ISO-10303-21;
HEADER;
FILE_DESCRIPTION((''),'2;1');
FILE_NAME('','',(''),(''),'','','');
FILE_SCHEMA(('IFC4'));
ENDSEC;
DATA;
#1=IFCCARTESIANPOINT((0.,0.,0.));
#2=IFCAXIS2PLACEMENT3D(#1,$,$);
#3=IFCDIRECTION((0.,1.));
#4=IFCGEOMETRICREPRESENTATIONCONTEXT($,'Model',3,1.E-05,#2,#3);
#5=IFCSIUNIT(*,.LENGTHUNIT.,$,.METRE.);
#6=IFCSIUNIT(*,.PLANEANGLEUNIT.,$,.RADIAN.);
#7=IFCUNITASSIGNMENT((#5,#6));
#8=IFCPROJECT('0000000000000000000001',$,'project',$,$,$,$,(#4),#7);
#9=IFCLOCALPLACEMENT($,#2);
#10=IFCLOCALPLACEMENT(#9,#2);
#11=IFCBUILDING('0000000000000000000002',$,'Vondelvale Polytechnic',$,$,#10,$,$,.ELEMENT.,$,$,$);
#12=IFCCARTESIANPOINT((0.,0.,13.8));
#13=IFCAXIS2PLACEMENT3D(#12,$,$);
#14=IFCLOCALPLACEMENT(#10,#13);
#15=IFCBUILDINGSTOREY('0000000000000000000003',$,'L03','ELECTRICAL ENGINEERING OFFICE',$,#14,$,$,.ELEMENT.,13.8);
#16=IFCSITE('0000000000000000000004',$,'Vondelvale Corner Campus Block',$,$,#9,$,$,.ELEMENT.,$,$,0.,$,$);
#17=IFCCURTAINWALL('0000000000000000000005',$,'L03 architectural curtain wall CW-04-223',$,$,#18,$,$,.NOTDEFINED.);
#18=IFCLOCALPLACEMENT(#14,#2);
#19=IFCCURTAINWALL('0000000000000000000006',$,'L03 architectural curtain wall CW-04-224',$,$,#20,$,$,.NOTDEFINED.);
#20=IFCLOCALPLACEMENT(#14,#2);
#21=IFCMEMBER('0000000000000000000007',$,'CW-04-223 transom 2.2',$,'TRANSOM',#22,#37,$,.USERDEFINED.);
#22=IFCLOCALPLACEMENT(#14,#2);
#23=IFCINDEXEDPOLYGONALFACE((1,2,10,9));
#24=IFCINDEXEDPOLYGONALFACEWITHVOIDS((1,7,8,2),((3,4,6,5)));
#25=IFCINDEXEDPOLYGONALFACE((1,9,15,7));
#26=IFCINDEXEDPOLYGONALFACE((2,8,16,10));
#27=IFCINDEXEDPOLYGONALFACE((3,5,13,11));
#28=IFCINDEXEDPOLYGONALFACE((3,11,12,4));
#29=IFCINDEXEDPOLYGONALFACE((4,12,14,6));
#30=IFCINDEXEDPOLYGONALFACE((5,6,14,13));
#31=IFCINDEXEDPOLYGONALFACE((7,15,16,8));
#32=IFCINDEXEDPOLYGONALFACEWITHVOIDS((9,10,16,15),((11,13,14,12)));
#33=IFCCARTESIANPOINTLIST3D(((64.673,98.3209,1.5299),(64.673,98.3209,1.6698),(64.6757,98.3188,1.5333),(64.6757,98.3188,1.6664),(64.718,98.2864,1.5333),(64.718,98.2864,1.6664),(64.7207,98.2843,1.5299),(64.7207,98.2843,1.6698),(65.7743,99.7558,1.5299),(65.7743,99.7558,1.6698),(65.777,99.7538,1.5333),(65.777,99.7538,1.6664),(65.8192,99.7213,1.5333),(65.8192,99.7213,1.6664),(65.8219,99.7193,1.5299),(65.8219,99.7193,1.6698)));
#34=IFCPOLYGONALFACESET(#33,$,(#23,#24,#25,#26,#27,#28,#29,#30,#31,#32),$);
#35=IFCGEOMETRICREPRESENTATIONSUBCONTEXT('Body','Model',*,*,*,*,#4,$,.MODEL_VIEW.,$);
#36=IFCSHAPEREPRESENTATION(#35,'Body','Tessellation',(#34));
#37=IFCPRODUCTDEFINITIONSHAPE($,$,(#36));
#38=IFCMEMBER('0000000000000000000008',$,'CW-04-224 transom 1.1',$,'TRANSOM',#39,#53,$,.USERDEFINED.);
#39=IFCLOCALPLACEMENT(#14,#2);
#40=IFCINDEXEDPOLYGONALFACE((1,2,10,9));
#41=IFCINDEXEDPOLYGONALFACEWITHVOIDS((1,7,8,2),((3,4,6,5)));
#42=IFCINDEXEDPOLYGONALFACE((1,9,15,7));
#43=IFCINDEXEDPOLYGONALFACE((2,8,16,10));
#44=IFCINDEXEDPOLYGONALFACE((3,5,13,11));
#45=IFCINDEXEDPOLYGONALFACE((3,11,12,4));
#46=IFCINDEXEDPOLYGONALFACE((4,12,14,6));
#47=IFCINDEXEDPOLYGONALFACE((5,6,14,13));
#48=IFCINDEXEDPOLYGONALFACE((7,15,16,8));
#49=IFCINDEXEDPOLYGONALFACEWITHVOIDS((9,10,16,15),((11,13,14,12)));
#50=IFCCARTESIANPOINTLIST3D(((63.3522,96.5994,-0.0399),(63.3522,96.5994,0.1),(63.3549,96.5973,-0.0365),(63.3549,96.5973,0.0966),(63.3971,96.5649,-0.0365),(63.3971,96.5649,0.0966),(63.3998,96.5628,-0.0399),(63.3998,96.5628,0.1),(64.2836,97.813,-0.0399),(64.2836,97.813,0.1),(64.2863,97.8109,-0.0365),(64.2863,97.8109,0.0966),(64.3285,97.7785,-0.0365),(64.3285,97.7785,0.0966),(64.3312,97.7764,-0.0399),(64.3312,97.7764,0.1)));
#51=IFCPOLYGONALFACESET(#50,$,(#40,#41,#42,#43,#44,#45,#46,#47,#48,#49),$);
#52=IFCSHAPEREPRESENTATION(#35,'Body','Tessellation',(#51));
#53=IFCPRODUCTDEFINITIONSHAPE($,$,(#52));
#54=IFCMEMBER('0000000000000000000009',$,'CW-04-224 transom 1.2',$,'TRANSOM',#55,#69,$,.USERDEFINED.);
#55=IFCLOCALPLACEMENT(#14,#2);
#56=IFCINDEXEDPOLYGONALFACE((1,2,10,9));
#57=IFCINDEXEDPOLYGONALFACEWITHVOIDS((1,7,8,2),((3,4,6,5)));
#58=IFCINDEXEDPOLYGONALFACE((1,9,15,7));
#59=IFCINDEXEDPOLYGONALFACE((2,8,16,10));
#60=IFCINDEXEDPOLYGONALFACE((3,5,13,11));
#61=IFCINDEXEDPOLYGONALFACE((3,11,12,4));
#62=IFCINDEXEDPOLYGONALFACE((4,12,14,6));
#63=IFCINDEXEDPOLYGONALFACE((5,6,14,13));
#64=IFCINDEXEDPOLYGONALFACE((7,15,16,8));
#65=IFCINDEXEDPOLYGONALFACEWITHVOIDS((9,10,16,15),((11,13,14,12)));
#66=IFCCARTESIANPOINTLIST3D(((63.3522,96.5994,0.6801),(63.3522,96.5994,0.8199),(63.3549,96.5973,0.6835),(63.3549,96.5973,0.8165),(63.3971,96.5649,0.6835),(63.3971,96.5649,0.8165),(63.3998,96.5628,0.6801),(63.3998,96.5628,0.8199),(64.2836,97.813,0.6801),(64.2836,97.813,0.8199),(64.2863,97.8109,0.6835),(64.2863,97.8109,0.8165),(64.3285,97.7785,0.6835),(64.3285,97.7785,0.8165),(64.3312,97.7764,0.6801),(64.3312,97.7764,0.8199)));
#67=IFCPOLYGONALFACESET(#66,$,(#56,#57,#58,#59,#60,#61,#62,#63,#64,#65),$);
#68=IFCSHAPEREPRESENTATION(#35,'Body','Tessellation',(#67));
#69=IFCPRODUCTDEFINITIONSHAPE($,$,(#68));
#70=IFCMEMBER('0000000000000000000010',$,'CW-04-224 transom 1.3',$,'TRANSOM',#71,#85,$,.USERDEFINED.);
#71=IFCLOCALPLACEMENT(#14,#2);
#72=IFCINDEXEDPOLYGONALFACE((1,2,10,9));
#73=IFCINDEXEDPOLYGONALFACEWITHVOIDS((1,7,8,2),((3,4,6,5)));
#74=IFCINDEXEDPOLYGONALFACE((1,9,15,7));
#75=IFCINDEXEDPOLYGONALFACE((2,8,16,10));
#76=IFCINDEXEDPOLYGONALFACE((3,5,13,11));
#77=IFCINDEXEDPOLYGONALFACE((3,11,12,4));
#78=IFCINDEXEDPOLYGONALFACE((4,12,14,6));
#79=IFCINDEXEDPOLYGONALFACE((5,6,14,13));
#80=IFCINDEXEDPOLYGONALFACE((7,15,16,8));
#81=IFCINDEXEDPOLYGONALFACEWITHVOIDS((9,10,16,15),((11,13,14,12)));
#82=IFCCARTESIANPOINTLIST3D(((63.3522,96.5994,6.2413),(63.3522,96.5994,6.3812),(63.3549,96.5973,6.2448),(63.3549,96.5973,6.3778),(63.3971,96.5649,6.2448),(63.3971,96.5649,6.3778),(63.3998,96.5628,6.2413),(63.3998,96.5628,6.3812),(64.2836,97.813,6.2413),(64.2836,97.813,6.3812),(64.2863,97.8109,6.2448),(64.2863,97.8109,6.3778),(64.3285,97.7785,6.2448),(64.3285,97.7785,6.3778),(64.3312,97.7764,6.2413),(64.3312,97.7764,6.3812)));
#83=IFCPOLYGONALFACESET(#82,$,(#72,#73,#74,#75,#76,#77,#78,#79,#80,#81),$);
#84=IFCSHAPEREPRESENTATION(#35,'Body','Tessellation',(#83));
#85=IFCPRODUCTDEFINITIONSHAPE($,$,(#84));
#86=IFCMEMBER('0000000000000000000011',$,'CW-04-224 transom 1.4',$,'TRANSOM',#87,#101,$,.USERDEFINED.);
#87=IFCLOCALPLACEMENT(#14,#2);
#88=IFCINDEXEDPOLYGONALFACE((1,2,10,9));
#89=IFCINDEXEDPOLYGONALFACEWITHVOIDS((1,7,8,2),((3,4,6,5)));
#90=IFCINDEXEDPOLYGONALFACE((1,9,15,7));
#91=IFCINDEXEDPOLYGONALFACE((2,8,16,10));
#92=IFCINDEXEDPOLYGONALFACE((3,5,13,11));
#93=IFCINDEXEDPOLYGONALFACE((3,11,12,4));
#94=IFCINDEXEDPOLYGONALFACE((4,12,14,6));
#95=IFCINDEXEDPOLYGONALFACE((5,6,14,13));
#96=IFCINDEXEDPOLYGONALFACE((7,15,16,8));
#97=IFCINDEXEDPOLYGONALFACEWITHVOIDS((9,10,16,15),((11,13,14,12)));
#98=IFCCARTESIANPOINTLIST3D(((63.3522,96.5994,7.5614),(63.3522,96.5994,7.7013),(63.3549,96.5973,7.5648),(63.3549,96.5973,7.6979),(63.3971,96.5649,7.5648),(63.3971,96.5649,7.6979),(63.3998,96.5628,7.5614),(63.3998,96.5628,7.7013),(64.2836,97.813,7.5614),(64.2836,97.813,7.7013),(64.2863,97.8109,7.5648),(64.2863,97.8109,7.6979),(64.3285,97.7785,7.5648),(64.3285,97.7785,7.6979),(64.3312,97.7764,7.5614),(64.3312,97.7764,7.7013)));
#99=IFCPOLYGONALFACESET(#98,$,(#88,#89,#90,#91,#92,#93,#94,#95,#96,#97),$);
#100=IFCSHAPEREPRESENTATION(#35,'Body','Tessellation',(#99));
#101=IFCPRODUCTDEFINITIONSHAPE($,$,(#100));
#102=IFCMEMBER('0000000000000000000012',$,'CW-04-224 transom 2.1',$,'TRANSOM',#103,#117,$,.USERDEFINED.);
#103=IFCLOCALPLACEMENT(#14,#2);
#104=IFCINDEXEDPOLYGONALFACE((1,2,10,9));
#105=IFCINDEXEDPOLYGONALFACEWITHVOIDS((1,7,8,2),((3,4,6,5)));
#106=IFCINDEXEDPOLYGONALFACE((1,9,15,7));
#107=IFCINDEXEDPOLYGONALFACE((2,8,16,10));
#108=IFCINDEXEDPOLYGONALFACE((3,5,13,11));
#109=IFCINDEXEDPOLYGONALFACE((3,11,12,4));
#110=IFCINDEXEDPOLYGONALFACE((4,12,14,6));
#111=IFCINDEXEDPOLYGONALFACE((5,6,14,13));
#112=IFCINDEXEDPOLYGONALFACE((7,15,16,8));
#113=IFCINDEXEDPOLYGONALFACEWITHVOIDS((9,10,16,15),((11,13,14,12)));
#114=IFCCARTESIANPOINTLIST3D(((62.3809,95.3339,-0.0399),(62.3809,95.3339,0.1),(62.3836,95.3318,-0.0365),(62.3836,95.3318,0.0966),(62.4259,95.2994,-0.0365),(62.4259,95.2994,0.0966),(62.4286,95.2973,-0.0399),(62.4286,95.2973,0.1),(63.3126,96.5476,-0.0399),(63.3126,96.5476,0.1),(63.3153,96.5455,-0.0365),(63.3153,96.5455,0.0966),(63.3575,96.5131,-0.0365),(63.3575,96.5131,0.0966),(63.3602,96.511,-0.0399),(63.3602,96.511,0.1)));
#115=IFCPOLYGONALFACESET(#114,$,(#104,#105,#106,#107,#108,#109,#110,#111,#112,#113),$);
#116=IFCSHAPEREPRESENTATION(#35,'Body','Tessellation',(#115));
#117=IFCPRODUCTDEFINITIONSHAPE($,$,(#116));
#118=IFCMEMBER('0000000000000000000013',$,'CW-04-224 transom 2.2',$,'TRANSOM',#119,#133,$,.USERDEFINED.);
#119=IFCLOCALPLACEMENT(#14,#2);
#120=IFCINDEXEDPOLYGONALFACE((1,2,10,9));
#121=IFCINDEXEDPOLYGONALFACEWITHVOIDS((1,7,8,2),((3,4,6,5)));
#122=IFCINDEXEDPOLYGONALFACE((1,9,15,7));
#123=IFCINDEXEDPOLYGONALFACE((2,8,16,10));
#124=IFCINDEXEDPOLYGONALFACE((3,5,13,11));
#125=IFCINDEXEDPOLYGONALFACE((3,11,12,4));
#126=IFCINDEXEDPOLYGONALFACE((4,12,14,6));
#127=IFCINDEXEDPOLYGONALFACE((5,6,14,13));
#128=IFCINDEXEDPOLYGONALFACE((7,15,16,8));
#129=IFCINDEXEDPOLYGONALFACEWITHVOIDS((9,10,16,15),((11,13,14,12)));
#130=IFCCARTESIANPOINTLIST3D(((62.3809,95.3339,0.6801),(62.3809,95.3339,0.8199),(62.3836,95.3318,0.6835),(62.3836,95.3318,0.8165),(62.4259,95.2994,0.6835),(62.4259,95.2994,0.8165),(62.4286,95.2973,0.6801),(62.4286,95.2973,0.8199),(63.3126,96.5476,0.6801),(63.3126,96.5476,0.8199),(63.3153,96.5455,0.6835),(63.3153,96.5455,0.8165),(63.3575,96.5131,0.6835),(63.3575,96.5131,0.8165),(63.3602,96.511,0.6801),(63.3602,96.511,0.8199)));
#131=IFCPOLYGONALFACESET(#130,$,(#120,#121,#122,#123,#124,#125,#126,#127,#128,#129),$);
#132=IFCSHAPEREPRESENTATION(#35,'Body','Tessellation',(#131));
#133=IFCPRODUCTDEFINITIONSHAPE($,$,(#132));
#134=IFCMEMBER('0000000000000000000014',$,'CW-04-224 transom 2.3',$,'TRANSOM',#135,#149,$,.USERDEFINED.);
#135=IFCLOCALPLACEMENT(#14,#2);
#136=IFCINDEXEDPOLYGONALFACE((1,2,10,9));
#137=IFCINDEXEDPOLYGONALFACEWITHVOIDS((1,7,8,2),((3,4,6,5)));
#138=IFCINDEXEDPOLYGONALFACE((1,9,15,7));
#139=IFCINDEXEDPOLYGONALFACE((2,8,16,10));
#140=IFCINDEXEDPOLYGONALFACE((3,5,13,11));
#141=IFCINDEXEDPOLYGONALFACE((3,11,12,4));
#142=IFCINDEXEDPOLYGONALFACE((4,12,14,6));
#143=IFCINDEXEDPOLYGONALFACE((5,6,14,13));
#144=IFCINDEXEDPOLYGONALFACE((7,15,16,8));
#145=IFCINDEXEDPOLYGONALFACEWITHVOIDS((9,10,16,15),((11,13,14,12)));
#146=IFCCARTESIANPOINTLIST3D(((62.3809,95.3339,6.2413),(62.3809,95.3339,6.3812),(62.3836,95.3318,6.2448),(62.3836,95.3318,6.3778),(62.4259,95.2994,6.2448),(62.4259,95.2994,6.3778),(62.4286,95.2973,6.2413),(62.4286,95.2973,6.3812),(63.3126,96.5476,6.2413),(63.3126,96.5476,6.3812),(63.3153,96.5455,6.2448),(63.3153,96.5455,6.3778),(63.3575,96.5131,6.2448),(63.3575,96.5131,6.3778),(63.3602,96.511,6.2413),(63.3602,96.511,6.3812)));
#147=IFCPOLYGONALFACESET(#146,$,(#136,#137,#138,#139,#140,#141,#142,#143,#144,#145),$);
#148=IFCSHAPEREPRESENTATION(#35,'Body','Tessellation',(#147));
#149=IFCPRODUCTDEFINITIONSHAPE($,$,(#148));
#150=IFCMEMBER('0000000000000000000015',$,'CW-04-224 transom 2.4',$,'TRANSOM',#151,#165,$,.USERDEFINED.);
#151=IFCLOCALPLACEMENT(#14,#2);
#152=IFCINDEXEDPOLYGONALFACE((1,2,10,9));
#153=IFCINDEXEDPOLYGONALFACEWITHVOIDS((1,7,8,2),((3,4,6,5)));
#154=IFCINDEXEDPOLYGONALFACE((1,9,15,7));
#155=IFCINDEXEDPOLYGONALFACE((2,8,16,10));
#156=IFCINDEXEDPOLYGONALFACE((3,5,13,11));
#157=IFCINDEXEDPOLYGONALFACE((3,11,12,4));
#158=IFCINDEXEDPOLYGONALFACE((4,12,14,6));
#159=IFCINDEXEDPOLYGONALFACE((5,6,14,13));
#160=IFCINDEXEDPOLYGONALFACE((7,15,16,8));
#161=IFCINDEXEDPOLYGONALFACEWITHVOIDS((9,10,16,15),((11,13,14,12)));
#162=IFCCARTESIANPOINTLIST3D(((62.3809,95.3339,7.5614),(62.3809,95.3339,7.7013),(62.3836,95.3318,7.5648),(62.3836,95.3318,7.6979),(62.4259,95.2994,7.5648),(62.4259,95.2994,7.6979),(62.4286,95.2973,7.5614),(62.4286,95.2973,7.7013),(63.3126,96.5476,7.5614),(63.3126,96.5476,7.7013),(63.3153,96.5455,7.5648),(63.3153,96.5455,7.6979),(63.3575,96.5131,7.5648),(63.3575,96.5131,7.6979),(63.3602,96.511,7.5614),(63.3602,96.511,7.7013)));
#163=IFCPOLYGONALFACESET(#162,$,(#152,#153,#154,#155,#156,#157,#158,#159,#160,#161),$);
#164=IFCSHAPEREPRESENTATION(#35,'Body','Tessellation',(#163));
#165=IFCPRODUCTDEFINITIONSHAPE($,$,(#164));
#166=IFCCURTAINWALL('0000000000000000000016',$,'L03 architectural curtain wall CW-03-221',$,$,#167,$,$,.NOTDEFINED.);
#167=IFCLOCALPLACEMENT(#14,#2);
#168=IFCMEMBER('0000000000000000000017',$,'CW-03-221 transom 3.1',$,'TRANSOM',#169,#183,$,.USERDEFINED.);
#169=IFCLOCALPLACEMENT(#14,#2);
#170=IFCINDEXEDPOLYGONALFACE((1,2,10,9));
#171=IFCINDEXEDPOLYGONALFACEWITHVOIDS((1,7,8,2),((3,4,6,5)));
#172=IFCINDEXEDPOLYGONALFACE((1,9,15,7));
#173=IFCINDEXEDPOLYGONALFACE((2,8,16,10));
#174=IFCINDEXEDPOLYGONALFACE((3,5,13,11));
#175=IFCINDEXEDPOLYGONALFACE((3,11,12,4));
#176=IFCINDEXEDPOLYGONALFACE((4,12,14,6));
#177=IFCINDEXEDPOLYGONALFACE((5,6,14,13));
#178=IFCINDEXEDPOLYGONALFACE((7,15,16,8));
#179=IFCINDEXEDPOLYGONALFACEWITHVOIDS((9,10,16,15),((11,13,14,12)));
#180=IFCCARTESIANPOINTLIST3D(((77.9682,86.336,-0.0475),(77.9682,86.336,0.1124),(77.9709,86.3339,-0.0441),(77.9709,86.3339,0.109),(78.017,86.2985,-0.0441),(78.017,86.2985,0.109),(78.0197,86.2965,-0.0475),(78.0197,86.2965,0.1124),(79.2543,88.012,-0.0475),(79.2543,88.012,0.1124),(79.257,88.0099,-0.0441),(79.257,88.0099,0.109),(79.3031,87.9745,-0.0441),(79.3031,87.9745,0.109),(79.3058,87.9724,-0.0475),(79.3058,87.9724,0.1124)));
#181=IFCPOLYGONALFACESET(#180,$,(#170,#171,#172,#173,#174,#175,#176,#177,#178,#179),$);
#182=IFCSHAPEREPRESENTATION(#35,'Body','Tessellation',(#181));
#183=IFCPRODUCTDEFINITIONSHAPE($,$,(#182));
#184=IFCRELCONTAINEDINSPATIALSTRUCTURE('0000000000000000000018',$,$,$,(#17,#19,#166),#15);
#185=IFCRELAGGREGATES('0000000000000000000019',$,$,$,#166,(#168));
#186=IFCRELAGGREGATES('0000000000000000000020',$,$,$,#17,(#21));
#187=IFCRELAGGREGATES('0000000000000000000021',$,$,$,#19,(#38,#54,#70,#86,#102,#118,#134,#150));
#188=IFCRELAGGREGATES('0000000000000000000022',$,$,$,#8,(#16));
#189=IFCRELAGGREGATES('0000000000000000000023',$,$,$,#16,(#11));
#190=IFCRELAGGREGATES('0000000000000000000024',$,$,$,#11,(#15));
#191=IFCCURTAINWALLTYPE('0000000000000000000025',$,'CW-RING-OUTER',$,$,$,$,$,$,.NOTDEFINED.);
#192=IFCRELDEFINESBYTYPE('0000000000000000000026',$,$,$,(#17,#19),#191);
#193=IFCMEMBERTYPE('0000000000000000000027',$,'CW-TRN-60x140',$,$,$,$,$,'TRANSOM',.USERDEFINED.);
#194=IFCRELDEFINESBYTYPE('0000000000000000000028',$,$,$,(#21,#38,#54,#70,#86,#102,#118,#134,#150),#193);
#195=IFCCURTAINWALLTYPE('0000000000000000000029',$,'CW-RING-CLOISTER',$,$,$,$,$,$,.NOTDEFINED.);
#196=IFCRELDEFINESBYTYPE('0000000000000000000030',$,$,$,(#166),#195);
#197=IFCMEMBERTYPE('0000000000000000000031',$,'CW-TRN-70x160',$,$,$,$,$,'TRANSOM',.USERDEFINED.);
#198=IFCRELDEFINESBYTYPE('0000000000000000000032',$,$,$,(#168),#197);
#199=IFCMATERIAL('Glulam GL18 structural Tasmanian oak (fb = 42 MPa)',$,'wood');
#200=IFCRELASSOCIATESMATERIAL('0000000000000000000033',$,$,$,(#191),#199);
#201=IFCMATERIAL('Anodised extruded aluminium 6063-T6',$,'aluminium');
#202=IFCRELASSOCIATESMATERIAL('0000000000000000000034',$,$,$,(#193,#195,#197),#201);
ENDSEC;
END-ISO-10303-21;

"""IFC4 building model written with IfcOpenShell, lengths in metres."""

from ifc_helpers import new_model, si_unit, direction, frame, origin, origin_2d, place, context, subcontext, project, spatial, hollow_rectangle, extrude, material, material_profile, profile_set, type_object, element, aggregate, save


model = new_model("IFC4")

# Units and contexts
model_context = context("Model", 3, precision=1e-05, world=origin(), true_north=direction((0.0, 1.0)))
body_context = subcontext(model_context, "Body", "Model", "MODEL_VIEW")
ifc_project = project(units=[si_unit("LENGTHUNIT", "METRE"), si_unit("PLANEANGLEUNIT", "RADIAN")], contexts=[model_context])

# Site, building, storey
site_placement = place(None, origin())
site = spatial("IfcSite", under=ifc_project, at=site_placement, Name="Vondelvale Corner Campus Block", CompositionType="ELEMENT", RefElevation=0.0)
building_placement = place(site_placement, origin())
building = spatial("IfcBuilding", under=site, at=building_placement, Name="Vondelvale Polytechnic", CompositionType="ELEMENT")
storey_placement = place(building_placement, frame((0.0, 0.0, 13.8)))
storey = spatial("IfcBuildingStorey", under=building, at=storey_placement, Name="L03", Description="ELECTRICAL ENGINEERING OFFICE", CompositionType="ELEMENT", Elevation=13.8)

# Shared definitions
ifc_material_1 = material(Name="Glulam GL18 structural Tasmanian oak (fb = 42 MPa)", Category="wood")

# Curtain wall
curtain_wall_type_1 = type_object("IfcCurtainWallType", Name="CW-RING-OUTER", PredefinedType="NOTDEFINED", material=ifc_material_1)
curtain_wall_1_placement = place(storey_placement, origin())
curtain_wall_1 = element("IfcCurtainWall", 1, at=curtain_wall_1_placement, inside=storey, type_object=curtain_wall_type_1, Name="L03 architectural curtain wall CW-04-223", PredefinedType="NOTDEFINED")
ifc_material_2 = material(Name="Anodised extruded aluminium 6063-T6", Category="aluminium")

# Curtain wall
curtain_wall_2_placement = place(storey_placement, origin())
curtain_wall_2 = element("IfcCurtainWall", 2, at=curtain_wall_2_placement, inside=storey, type_object=curtain_wall_type_1, Name="L03 architectural curtain wall CW-04-224", PredefinedType="NOTDEFINED")

# Members
ifc_material_profile_1 = material_profile(ifc_material_2, hollow_rectangle(XDim=0.0601, YDim=0.1399, WallThickness=0.0034, at=origin_2d()), Name="CW-TRN-140x60")
ifc_profile_set_1 = profile_set([ifc_material_profile_1], Name="Anodised extruded aluminium 6063-T6")
member_type_1 = type_object("IfcMemberType", Name="CW-TRN-60x140", ElementType="TRANSOM", PredefinedType="USERDEFINED", material=ifc_profile_set_1)
member_1_placement = place(storey_placement, frame((65.7981, 99.7375, 1.5999), z_axis=(-0.608817, -0.793311, 0.0), x_axis=(0.793311, -0.608817, 0.0)))
member_1 = element("IfcMember", 3, at=member_1_placement, type_object=member_type_1, Name="CW-04-223 transom 2.2", ObjectType="TRANSOM", PredefinedType="USERDEFINED", context=body_context, shape_type="SweptSolid", body=[
    extrude(hollow_rectangle(XDim=0.0601, YDim=0.1399, WallThickness=0.0034, at=origin_2d()), origin(), (0.0, 0.0, 1.0), 1.8088),
])
member_2_placement = place(storey_placement, frame((64.3074, 97.7947, 0.03), z_axis=(-0.608823, -0.793306, 0.0), x_axis=(0.793306, -0.608823, 0.0)))
member_2 = element("IfcMember", 4, at=member_2_placement, type_object=member_type_1, Name="CW-04-224 transom 1.1", ObjectType="TRANSOM", PredefinedType="USERDEFINED", context=body_context, shape_type="SweptSolid", body=[
    extrude(hollow_rectangle(XDim=0.0601, YDim=0.1399, WallThickness=0.0034, at=origin_2d()), origin(), (0.0, 0.0, 1.0), 1.5298),
])
member_3_placement = place(storey_placement, frame((64.3074, 97.7947, 0.75), z_axis=(-0.608823, -0.793306, 0.0), x_axis=(0.793306, -0.608823, 0.0)))
member_3 = element("IfcMember", 5, at=member_3_placement, type_object=member_type_1, Name="CW-04-224 transom 1.2", ObjectType="TRANSOM", PredefinedType="USERDEFINED", context=body_context, shape_type="SweptSolid", body=[
    extrude(hollow_rectangle(XDim=0.0601, YDim=0.1399, WallThickness=0.0034, at=origin_2d()), origin(), (0.0, 0.0, 1.0), 1.5298),
])
member_4_placement = place(storey_placement, frame((64.3074, 97.7947, 6.3113), z_axis=(-0.608823, -0.793306, 0.0), x_axis=(0.793306, -0.608823, 0.0)))
member_4 = element("IfcMember", 6, at=member_4_placement, type_object=member_type_1, Name="CW-04-224 transom 1.3", ObjectType="TRANSOM", PredefinedType="USERDEFINED", context=body_context, shape_type="SweptSolid", body=[
    extrude(hollow_rectangle(XDim=0.0601, YDim=0.1399, WallThickness=0.0034, at=origin_2d()), origin(), (0.0, 0.0, 1.0), 1.5298),
])
member_5_placement = place(storey_placement, frame((64.3074, 97.7947, 7.6313), z_axis=(-0.608823, -0.793306, 0.0), x_axis=(0.793306, -0.608823, 0.0)))
member_5 = element("IfcMember", 7, at=member_5_placement, type_object=member_type_1, Name="CW-04-224 transom 1.4", ObjectType="TRANSOM", PredefinedType="USERDEFINED", context=body_context, shape_type="SweptSolid", body=[
    extrude(hollow_rectangle(XDim=0.0601, YDim=0.1399, WallThickness=0.0034, at=origin_2d()), origin(), (0.0, 0.0, 1.0), 1.5298),
])
member_6_placement = place(storey_placement, frame((63.3364, 96.5293, 0.03), z_axis=(-0.608924, -0.793229, 0.0), x_axis=(0.793229, -0.608924, 0.0)))
member_6 = element("IfcMember", 8, at=member_6_placement, type_object=member_type_1, Name="CW-04-224 transom 2.1", ObjectType="TRANSOM", PredefinedType="USERDEFINED", context=body_context, shape_type="SweptSolid", body=[
    extrude(hollow_rectangle(XDim=0.0601, YDim=0.1399, WallThickness=0.0034, at=origin_2d()), origin(), (0.0, 0.0, 1.0), 1.53),
])
member_7_placement = place(storey_placement, frame((63.3364, 96.5293, 0.75), z_axis=(-0.608924, -0.793229, 0.0), x_axis=(0.793229, -0.608924, 0.0)))
member_7 = element("IfcMember", 9, at=member_7_placement, type_object=member_type_1, Name="CW-04-224 transom 2.2", ObjectType="TRANSOM", PredefinedType="USERDEFINED", context=body_context, shape_type="SweptSolid", body=[
    extrude(hollow_rectangle(XDim=0.0601, YDim=0.1399, WallThickness=0.0034, at=origin_2d()), origin(), (0.0, 0.0, 1.0), 1.53),
])
member_8_placement = place(storey_placement, frame((63.3364, 96.5293, 6.3113), z_axis=(-0.608924, -0.793229, 0.0), x_axis=(0.793229, -0.608924, 0.0)))
member_8 = element("IfcMember", 10, at=member_8_placement, type_object=member_type_1, Name="CW-04-224 transom 2.3", ObjectType="TRANSOM", PredefinedType="USERDEFINED", context=body_context, shape_type="SweptSolid", body=[
    extrude(hollow_rectangle(XDim=0.0601, YDim=0.1399, WallThickness=0.0034, at=origin_2d()), origin(), (0.0, 0.0, 1.0), 1.53),
])
member_9_placement = place(storey_placement, frame((63.3364, 96.5293, 7.6313), z_axis=(-0.608924, -0.793229, 0.0), x_axis=(0.793229, -0.608924, 0.0)))
member_9 = element("IfcMember", 11, at=member_9_placement, type_object=member_type_1, Name="CW-04-224 transom 2.4", ObjectType="TRANSOM", PredefinedType="USERDEFINED", context=body_context, shape_type="SweptSolid", body=[
    extrude(hollow_rectangle(XDim=0.0601, YDim=0.1399, WallThickness=0.0034, at=origin_2d()), origin(), (0.0, 0.0, 1.0), 1.53),
])

# Curtain wall, member
curtain_wall_type_2 = type_object("IfcCurtainWallType", Name="CW-RING-CLOISTER", PredefinedType="NOTDEFINED", material=ifc_material_2)
curtain_wall_3_placement = place(storey_placement, origin())
curtain_wall_3 = element("IfcCurtainWall", 12, at=curtain_wall_3_placement, inside=storey, type_object=curtain_wall_type_2, Name="L03 architectural curtain wall CW-03-221", PredefinedType="NOTDEFINED")
ifc_material_profile_2 = material_profile(ifc_material_2, hollow_rectangle(XDim=0.0649, YDim=0.1599, WallThickness=0.0034, at=origin_2d()), Name="CW-TRN-160x65")
ifc_profile_set_2 = profile_set([ifc_material_profile_2], Name="Anodised extruded aluminium 6063-T6")
member_type_2 = type_object("IfcMemberType", Name="CW-TRN-70x160", ElementType="TRANSOM", PredefinedType="USERDEFINED", material=ifc_profile_set_2)
member_10_placement = place(storey_placement, frame((79.28, 87.9922, 0.0325), z_axis=(-0.608783, -0.793337, 0.0), x_axis=(0.793337, -0.608783, 0.0)))
member_10 = element("IfcMember", 13, at=member_10_placement, type_object=member_type_2, Name="CW-03-221 transom 3.1", ObjectType="TRANSOM", PredefinedType="USERDEFINED", context=body_context, shape_type="SweptSolid", body=[
    extrude(hollow_rectangle(XDim=0.0649, YDim=0.1599, WallThickness=0.0034, at=origin_2d()), origin(), (0.0, 0.0, 1.0), 2.1125),
])
aggregate(curtain_wall_3, [member_10])

aggregate(curtain_wall_1, [member_1])
aggregate(curtain_wall_2, [member_2, member_3, member_4, member_5, member_6, member_7, member_8, member_9])

save(model, "model.ifc")
